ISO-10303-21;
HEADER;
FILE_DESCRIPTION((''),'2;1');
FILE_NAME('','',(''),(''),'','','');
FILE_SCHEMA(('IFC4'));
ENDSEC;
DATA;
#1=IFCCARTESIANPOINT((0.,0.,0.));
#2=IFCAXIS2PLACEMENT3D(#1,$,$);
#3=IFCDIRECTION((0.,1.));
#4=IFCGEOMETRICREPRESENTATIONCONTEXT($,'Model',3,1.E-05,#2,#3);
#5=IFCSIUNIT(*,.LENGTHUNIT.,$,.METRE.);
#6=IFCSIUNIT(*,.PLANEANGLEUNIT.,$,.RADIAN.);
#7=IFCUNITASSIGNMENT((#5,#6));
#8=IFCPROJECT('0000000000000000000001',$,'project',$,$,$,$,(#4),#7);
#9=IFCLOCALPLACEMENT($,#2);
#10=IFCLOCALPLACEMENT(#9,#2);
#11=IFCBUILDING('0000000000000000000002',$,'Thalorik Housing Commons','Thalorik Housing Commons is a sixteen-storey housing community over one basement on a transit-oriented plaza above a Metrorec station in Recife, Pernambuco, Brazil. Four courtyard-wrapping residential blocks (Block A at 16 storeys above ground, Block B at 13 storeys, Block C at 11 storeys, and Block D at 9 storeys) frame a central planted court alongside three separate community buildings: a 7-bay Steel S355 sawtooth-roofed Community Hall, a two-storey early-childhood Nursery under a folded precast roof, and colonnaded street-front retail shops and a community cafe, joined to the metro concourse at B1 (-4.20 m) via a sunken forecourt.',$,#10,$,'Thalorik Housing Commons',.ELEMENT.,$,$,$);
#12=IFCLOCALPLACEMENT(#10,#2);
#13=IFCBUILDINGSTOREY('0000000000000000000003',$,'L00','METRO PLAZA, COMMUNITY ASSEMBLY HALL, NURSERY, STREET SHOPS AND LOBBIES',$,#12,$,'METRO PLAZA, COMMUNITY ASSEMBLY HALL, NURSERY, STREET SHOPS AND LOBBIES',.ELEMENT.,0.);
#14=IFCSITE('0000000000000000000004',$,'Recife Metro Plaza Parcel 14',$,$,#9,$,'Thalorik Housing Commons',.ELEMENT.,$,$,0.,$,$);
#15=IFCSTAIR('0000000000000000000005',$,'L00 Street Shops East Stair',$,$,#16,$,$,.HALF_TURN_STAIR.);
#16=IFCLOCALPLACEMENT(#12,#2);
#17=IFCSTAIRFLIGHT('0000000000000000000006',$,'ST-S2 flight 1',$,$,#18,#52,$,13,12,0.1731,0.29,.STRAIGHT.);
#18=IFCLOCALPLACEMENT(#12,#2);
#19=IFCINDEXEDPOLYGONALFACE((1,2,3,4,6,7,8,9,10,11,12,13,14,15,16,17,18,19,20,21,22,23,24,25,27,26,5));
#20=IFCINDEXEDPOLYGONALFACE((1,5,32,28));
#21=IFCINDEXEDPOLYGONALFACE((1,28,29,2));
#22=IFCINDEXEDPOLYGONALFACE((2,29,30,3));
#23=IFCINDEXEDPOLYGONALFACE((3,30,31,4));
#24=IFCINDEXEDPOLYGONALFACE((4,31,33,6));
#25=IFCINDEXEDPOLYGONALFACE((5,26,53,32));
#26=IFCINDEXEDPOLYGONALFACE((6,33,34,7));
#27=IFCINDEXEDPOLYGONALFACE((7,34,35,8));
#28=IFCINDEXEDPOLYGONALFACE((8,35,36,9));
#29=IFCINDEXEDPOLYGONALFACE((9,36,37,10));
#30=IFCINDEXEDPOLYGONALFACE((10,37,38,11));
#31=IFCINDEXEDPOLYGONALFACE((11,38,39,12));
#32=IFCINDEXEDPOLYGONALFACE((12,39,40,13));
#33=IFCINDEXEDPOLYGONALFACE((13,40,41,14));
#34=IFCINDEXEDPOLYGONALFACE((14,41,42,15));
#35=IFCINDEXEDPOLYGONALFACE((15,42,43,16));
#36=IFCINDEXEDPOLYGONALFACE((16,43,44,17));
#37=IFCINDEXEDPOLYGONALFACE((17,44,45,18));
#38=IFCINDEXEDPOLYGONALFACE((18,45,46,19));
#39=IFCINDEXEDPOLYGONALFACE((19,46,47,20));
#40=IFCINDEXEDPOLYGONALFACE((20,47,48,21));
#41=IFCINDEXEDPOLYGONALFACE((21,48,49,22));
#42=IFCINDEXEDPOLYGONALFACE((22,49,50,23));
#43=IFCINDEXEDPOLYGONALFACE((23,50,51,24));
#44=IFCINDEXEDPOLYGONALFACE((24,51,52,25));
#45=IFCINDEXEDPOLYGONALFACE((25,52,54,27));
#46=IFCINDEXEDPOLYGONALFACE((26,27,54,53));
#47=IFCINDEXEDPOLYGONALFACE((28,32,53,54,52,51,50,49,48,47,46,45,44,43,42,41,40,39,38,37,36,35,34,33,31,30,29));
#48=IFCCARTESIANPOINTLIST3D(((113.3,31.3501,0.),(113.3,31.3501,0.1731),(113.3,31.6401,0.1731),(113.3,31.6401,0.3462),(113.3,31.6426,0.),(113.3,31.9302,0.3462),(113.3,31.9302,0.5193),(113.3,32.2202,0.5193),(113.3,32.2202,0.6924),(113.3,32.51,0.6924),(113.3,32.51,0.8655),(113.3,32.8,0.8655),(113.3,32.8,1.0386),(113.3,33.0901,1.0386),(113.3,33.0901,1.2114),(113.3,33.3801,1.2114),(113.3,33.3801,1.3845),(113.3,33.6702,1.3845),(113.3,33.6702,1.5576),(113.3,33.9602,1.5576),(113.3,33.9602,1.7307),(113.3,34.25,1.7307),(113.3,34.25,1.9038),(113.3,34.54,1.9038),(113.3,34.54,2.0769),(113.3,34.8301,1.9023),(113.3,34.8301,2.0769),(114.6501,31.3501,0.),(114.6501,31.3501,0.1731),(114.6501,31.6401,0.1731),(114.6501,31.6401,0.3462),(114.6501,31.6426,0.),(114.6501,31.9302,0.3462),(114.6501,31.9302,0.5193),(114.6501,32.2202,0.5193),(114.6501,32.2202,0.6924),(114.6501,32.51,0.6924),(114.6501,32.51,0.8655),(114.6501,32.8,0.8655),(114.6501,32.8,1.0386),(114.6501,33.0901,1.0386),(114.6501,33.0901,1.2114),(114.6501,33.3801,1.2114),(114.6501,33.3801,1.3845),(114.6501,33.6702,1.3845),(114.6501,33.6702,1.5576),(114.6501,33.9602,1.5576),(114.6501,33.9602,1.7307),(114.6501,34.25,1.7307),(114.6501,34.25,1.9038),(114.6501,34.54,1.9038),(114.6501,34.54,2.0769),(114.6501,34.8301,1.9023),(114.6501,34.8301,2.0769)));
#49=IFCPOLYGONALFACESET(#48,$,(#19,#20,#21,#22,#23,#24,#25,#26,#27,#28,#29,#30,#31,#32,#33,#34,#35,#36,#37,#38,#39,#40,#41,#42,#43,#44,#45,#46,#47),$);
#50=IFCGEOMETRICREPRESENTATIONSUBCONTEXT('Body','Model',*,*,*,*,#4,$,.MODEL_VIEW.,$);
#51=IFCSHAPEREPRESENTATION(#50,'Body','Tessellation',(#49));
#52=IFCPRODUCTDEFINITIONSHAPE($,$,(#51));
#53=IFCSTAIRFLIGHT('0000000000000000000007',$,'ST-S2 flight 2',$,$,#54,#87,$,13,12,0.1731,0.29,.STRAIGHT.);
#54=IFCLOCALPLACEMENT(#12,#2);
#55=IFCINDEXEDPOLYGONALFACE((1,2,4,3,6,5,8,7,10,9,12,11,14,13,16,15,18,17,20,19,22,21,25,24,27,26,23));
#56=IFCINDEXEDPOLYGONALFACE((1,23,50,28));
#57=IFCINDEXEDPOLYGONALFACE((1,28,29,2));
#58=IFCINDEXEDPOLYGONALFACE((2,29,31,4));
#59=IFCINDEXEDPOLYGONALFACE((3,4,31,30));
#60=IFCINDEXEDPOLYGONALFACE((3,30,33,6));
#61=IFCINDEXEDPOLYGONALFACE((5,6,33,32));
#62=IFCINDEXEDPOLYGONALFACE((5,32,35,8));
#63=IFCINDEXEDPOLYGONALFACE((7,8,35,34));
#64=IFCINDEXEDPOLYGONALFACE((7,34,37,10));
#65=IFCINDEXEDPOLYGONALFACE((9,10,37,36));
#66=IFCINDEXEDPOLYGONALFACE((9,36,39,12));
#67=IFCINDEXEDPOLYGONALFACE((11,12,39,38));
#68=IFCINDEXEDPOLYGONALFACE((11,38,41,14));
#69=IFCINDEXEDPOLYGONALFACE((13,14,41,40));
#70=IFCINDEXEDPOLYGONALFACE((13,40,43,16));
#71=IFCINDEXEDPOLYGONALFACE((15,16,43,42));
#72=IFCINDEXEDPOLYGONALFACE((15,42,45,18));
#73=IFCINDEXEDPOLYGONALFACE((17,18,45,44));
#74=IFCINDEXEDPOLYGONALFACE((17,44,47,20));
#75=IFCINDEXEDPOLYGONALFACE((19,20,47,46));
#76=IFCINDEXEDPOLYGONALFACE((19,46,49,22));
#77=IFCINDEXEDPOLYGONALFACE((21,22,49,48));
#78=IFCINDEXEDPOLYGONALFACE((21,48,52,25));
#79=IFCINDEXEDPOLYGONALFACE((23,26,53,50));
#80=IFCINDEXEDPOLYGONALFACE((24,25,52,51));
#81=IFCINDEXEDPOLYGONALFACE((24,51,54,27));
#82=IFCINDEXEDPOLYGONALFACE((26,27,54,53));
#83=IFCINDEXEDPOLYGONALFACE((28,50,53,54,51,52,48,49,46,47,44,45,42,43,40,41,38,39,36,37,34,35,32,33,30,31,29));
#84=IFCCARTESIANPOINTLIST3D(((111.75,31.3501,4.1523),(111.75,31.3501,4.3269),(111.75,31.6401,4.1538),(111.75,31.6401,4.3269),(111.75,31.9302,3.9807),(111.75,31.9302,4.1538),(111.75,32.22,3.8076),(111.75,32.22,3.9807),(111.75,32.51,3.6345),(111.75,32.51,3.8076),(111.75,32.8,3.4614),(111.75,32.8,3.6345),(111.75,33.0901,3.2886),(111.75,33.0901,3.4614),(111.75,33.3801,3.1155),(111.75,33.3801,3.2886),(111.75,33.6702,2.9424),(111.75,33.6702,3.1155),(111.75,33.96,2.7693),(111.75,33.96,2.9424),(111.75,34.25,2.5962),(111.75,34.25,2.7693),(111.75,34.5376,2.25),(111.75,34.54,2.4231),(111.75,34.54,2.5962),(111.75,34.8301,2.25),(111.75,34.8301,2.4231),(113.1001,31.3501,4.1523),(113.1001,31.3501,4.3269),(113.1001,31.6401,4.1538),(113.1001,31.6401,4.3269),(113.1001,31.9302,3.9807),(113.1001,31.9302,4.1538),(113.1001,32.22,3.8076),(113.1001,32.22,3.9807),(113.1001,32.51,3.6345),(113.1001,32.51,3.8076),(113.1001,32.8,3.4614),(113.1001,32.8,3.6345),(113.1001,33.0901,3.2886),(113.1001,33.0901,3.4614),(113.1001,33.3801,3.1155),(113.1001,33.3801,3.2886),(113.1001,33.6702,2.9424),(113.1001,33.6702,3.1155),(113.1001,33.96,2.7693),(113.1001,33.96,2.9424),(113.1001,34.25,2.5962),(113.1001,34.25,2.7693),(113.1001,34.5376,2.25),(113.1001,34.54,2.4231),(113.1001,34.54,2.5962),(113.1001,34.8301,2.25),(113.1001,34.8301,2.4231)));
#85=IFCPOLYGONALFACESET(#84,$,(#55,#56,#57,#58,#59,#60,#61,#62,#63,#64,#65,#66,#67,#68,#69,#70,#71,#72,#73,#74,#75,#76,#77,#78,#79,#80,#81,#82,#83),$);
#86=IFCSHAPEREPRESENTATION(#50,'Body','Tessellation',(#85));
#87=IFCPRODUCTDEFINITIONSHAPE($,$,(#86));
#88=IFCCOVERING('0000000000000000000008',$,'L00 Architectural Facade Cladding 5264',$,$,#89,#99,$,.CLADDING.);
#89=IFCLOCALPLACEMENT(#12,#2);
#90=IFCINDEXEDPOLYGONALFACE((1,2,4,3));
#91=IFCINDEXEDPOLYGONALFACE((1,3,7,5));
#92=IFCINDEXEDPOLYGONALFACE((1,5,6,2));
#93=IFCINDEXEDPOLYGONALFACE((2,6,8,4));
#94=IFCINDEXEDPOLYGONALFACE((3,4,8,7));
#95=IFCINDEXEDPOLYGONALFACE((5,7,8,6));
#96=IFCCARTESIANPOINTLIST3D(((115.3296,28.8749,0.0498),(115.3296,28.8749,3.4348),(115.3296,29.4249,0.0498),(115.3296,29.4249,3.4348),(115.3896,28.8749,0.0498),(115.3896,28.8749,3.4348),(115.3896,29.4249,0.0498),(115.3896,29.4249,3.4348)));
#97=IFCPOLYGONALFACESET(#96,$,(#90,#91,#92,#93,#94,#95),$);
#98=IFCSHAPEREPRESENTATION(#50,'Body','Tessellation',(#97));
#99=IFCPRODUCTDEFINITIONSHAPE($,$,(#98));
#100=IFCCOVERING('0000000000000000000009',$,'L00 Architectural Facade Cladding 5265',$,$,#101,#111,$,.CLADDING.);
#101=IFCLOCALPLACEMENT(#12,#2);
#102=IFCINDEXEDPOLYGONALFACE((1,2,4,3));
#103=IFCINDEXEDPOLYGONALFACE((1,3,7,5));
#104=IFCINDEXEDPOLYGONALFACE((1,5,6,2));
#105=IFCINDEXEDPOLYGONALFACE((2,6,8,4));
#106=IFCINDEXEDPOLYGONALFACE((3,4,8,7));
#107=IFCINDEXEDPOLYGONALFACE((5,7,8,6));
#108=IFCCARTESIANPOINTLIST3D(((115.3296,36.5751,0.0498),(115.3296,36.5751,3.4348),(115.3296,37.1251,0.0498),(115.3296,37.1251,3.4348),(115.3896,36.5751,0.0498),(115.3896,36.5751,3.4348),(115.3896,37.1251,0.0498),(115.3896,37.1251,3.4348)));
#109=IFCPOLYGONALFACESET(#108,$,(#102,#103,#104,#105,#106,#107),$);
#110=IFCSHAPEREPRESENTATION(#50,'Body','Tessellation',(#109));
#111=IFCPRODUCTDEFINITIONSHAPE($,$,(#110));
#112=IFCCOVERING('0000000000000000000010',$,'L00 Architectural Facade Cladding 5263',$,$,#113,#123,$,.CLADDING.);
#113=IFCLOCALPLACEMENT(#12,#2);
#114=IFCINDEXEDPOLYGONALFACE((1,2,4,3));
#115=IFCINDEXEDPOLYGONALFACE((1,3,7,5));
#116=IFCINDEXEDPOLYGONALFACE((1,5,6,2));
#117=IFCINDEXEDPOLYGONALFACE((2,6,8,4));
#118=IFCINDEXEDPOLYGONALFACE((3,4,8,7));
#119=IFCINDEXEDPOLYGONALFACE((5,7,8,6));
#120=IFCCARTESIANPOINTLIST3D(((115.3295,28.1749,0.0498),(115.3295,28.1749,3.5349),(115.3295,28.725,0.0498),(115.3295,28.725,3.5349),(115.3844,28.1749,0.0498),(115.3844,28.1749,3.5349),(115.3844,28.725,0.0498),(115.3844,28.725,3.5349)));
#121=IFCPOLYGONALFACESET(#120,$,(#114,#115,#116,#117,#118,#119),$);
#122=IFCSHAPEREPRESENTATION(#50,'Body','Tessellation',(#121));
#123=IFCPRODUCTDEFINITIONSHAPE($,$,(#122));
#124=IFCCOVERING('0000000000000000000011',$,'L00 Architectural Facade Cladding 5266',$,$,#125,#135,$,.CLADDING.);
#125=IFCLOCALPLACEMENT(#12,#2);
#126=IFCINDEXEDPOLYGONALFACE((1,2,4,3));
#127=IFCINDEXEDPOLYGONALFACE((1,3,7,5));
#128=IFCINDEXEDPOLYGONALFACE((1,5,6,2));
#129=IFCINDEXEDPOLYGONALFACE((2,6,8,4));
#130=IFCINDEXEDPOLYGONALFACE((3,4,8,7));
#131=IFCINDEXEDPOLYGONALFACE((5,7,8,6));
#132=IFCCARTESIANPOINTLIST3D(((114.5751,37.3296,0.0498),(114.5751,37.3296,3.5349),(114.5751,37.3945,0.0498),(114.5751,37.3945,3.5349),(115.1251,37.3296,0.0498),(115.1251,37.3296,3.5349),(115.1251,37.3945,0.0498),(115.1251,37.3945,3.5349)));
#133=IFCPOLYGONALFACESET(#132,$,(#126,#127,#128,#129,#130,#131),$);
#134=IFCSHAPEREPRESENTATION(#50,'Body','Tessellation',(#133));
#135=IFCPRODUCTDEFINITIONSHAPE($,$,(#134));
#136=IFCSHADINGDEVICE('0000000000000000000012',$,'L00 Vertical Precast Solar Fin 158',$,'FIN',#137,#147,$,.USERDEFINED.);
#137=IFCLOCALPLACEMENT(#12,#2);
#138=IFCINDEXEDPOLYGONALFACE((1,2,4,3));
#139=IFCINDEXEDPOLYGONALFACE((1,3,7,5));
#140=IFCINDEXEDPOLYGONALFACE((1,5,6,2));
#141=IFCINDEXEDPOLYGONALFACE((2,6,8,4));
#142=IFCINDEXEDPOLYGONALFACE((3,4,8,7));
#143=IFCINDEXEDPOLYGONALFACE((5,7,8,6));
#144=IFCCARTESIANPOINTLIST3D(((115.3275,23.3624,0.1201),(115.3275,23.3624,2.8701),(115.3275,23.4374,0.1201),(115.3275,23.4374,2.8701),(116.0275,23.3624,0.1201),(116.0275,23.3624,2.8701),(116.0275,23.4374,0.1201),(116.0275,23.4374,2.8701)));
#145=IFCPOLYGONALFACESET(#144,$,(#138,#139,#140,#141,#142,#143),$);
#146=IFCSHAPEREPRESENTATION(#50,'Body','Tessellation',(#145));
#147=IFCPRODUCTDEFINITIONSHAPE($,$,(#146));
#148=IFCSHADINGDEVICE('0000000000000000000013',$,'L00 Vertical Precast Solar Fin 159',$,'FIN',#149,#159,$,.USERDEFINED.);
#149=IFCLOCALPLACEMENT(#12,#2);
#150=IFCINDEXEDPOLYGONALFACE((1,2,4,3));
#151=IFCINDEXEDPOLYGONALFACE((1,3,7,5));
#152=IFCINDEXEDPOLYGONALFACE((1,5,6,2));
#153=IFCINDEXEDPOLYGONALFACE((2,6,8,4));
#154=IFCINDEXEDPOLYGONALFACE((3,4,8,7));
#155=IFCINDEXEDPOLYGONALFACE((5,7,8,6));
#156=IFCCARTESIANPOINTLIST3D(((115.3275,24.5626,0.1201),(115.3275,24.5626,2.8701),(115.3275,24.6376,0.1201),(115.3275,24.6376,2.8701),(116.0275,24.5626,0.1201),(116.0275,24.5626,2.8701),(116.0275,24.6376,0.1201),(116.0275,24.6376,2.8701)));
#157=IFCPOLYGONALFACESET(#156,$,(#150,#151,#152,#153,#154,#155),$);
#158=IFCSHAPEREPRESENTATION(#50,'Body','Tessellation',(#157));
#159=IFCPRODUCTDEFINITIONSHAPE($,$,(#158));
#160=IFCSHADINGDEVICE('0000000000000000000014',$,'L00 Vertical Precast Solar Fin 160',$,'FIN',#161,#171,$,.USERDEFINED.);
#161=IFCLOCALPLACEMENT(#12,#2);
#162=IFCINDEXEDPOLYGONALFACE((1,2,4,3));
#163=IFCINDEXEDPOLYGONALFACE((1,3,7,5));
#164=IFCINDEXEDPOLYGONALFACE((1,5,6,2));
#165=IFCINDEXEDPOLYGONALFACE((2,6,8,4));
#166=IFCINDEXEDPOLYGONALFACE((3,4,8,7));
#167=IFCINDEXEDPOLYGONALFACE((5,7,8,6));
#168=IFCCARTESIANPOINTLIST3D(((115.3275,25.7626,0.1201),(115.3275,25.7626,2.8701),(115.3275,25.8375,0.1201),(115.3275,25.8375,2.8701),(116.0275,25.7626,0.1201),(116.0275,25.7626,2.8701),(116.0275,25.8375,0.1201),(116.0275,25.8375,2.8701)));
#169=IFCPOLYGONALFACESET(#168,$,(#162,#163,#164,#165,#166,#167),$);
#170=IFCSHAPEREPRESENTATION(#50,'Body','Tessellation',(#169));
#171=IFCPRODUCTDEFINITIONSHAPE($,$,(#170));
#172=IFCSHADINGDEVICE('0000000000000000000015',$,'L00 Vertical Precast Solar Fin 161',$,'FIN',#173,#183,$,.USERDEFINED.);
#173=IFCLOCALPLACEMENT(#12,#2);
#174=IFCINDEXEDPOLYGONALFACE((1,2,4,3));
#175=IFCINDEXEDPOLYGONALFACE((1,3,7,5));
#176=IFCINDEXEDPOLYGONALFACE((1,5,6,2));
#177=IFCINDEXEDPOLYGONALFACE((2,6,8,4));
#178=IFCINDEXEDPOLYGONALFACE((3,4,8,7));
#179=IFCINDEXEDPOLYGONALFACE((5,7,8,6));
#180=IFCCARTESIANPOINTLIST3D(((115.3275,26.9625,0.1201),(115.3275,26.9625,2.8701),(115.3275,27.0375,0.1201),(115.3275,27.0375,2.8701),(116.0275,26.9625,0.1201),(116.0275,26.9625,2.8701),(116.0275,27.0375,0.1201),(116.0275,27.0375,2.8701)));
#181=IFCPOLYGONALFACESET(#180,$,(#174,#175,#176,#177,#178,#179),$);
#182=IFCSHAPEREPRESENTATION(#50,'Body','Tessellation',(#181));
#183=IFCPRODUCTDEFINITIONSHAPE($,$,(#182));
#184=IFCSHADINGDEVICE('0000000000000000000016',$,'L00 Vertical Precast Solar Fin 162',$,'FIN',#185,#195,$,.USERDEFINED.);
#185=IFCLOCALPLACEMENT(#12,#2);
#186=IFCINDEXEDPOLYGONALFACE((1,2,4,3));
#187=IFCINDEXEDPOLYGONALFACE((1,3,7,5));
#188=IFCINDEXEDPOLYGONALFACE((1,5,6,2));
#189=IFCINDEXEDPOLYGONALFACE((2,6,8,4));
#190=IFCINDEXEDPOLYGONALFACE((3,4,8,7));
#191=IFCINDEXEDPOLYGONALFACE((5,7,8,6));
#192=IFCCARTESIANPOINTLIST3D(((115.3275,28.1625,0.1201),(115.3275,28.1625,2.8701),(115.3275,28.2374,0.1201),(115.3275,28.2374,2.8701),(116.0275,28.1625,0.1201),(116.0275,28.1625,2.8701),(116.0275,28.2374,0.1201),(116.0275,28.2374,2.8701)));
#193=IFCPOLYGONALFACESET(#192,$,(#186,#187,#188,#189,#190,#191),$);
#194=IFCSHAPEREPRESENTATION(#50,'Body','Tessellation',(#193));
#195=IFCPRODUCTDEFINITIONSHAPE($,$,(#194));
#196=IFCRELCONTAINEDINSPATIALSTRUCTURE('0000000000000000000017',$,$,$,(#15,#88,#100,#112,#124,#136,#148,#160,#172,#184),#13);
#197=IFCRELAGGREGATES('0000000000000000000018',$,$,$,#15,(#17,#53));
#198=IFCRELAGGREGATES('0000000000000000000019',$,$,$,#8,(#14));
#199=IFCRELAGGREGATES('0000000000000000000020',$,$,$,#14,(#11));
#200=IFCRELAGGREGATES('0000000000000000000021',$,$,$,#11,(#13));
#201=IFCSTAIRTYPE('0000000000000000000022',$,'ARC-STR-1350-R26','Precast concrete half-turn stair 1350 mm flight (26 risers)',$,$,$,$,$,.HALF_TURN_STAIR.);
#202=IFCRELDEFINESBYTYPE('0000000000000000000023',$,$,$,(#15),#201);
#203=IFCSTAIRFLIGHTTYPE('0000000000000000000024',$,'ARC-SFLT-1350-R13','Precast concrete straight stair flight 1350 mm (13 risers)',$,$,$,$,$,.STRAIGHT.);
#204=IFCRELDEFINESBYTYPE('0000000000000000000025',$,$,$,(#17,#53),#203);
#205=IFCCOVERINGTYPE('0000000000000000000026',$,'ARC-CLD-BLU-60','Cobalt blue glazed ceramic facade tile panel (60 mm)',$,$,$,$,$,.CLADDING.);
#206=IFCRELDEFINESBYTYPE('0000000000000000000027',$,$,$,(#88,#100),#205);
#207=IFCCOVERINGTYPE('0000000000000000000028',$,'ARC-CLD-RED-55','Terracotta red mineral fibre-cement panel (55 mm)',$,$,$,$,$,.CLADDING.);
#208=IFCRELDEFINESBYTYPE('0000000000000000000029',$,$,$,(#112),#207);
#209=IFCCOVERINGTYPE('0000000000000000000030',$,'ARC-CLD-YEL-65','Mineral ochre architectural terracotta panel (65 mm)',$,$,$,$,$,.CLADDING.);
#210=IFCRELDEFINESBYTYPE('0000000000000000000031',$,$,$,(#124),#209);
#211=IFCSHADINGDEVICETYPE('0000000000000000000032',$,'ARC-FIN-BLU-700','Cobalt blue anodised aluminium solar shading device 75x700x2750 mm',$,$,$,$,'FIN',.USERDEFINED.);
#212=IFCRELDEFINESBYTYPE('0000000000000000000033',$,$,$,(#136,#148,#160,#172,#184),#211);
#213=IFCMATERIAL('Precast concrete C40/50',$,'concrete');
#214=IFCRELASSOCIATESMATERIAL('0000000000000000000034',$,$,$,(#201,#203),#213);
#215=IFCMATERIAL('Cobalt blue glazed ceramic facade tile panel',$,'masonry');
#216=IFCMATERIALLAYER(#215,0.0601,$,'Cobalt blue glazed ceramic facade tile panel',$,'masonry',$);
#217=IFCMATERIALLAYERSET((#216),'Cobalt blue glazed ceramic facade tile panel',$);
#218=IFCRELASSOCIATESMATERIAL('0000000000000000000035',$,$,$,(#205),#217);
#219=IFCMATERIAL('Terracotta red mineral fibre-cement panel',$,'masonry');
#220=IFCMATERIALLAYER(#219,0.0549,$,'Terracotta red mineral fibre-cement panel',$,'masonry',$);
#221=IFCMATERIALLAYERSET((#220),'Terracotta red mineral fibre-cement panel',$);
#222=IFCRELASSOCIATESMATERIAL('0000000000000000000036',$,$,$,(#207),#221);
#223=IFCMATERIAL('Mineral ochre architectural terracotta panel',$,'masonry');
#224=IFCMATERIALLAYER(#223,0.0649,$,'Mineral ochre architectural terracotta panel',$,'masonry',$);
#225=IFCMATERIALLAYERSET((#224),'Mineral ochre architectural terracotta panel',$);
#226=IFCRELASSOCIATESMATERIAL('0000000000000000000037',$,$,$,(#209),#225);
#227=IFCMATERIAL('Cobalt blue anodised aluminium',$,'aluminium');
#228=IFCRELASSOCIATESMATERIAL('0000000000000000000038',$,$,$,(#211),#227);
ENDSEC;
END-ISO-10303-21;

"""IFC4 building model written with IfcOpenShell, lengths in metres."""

from ifc_helpers import new_model, si_unit, direction, frame, origin, origin_2d, place, context, subcontext, project, spatial, polyline, rectangle, outline, extrude, material, layer, layer_set, type_object, element, aggregate, save


model = new_model("IFC4")

# Units and contexts
model_context = context("Model", 3, precision=1e-05, world=origin(), true_north=direction((0.0, 1.0)))
body_context = subcontext(model_context, "Body", "Model", "MODEL_VIEW")
ifc_project = project(units=[si_unit("LENGTHUNIT", "METRE"), si_unit("PLANEANGLEUNIT", "RADIAN")], contexts=[model_context])

# Site, building, storey
site_placement = place(None, origin())
site = spatial("IfcSite", under=ifc_project, at=site_placement, Name="Recife Metro Plaza Parcel 14", LongName="Thalorik Housing Commons", CompositionType="ELEMENT", RefElevation=0.0)
building_placement = place(site_placement, origin())
building = spatial("IfcBuilding", under=site, at=building_placement, Name="Thalorik Housing Commons", Description="Thalorik Housing Commons is a sixteen-storey housing community over one basement on a transit-oriented plaza above a Metrorec station in Recife, Pernambuco, Brazil. Four courtyard-wrapping residential blocks (Block A at 16 storeys above ground, Block B at 13 storeys, Block C at 11 storeys, and Block D at 9 storeys) frame a central planted court alongside three separate community buildings: a 7-bay Steel S355 sawtooth-roofed Community Hall, a two-storey early-childhood Nursery under a folded precast roof, and colonnaded street-front retail shops and a community cafe, joined to the metro concourse at B1 (-4.20 m) via a sunken forecourt.", LongName="Thalorik Housing Commons", CompositionType="ELEMENT")
storey_placement = place(building_placement, origin())
storey = spatial("IfcBuildingStorey", under=building, at=storey_placement, Name="L00", Description="METRO PLAZA, COMMUNITY ASSEMBLY HALL, NURSERY, STREET SHOPS AND LOBBIES", LongName="METRO PLAZA, COMMUNITY ASSEMBLY HALL, NURSERY, STREET SHOPS AND LOBBIES", CompositionType="ELEMENT", Elevation=0.0)

# Shared definitions
ifc_material_1 = material(Name="Precast concrete C40/50", Category="concrete")

# Stair, stair flights
stair_type = type_object("IfcStairType", Name="ARC-STR-1350-R26", Description="Precast concrete half-turn stair 1350 mm flight (26 risers)", PredefinedType="HALF_TURN_STAIR", material=ifc_material_1)
stair_placement = place(storey_placement, origin())
stair = element("IfcStair", 1, at=stair_placement, inside=storey, type_object=stair_type, Name="L00 Street Shops East Stair", PredefinedType="HALF_TURN_STAIR")
stair_flight_type = type_object("IfcStairFlightType", Name="ARC-SFLT-1350-R13", Description="Precast concrete straight stair flight 1350 mm (13 risers)", PredefinedType="STRAIGHT", material=ifc_material_1)
stair_flight_1_placement = place(storey_placement, frame((113.9751, 31.3501, 0.0), z_axis=(0.0, 0.0, 1.0), x_axis=(0.0, 1.0, 0.0)))
stair_flight_1 = element("IfcStairFlight", 2, at=stair_flight_1_placement, type_object=stair_flight_type, Name="ST-S2 flight 1", NumberOfRisers=13, NumberOfTreads=12, PredefinedType="STRAIGHT", RiserHeight=0.1731, TreadLength=0.29, context=body_context, shape_type="SweptSolid", body=[
    extrude(outline(polyline([(0.0, 0.0), (0.0, 0.1731), (0.29, 0.1731), (0.29, 0.3462), (0.5801, 0.3462), (0.5801, 0.5193), (0.8701, 0.5193), (0.8701, 0.6924), (1.1599, 0.6924), (1.1599, 0.8655), (1.45, 0.8655), (1.45, 1.0386), (1.74, 1.0386), (1.74, 1.2114), (2.03, 1.2114), (2.03, 1.3845), (2.3201, 1.3845), (2.3201, 1.5576), (2.6101, 1.5576), (2.6101, 1.7307), (2.8999, 1.7307), (2.8999, 1.9038), (3.1899, 1.9038), (3.1899, 2.0769), (3.48, 2.0769), (3.48, 2.25), (3.48, 1.9023), (0.2925, 0.0), (0.0, 0.0)])), frame((0.0, 0.675, 0.0), z_axis=(0.0, -1.0, 0.0), x_axis=(1.0, 0.0, 0.0)), (0.0, 0.0, 1.0), 1.3501),
])
stair_flight_2_placement = place(storey_placement, frame((112.425, 34.8301, 2.25), z_axis=(0.0, 0.0, 1.0), x_axis=(0.0, -1.0, 0.0)))
stair_flight_2 = element("IfcStairFlight", 3, at=stair_flight_2_placement, type_object=stair_flight_type, Name="ST-S2 flight 2", NumberOfRisers=13, NumberOfTreads=12, PredefinedType="STRAIGHT", RiserHeight=0.1731, TreadLength=0.29, context=body_context, shape_type="SweptSolid", body=[
    extrude(outline(polyline([(0.0, 0.0), (0.0, 0.1731), (0.29, 0.1731), (0.29, 0.3462), (0.5801, 0.3462), (0.5801, 0.5193), (0.8701, 0.5193), (0.8701, 0.6924), (1.1599, 0.6924), (1.1599, 0.8655), (1.45, 0.8655), (1.45, 1.0386), (1.74, 1.0386), (1.74, 1.2114), (2.03, 1.2114), (2.03, 1.3845), (2.3201, 1.3845), (2.3201, 1.5576), (2.6101, 1.5576), (2.6101, 1.7307), (2.8999, 1.7307), (2.8999, 1.9038), (3.1899, 1.9038), (3.1899, 2.0769), (3.48, 2.0769), (3.48, 2.25), (3.48, 1.9023), (0.2925, 0.0), (0.0, 0.0)])), frame((0.0, 0.675, 0.0), z_axis=(0.0, -1.0, 0.0), x_axis=(1.0, 0.0, 0.0)), (0.0, 0.0, 1.0), 1.3501),
])
aggregate(stair, [stair_flight_1, stair_flight_2])

# Coverings
ifc_material_2 = material(Name="Cobalt blue glazed ceramic facade tile panel", Category="masonry")
ifc_layer_1 = layer(ifc_material_2, 0.0601, Name="Cobalt blue glazed ceramic facade tile panel", Category="masonry")
ifc_layer_set_1 = layer_set([ifc_layer_1], Name="Cobalt blue glazed ceramic facade tile panel")
covering_type_1 = type_object("IfcCoveringType", Name="ARC-CLD-BLU-60", Description="Cobalt blue glazed ceramic facade tile panel (60 mm)", PredefinedType="CLADDING", material=ifc_layer_set_1)
for number, where, z_axis, x_axis, name in (
    (4, (115.3596, 29.1499, 0.0498), (0.0, 0.0, 1.0), (0.0, 1.0, 0.0), "L00 Architectural Facade Cladding 5264"),
    (5, (115.3596, 36.8501, 0.0498), (0.0, 0.0, 1.0), (0.0, 1.0, 0.0), "L00 Architectural Facade Cladding 5265"),
):
    element("IfcCovering", number, at=place(storey_placement, frame(where, z_axis=z_axis, x_axis=x_axis)), inside=storey, type_object=covering_type_1, Name=name, PredefinedType="CLADDING", context=body_context, shape_type="SweptSolid", body=[
        extrude(rectangle(XDim=0.55, YDim=0.0601, at=origin_2d()), origin(), (0.0, 0.0, 1.0), 3.385),
    ])
ifc_material_3 = material(Name="Terracotta red mineral fibre-cement panel", Category="masonry")
ifc_layer_2 = layer(ifc_material_3, 0.0549, Name="Terracotta red mineral fibre-cement panel", Category="masonry")
ifc_layer_set_2 = layer_set([ifc_layer_2], Name="Terracotta red mineral fibre-cement panel")
covering_type_2 = type_object("IfcCoveringType", Name="ARC-CLD-RED-55", Description="Terracotta red mineral fibre-cement panel (55 mm)", PredefinedType="CLADDING", material=ifc_layer_set_2)
covering_1_placement = place(storey_placement, frame((115.3569, 28.45, 0.0498), z_axis=(0.0, 0.0, 1.0), x_axis=(0.0, 1.0, 0.0)))
element("IfcCovering", 6, at=covering_1_placement, inside=storey, type_object=covering_type_2, Name="L00 Architectural Facade Cladding 5263", PredefinedType="CLADDING", context=body_context, shape_type="SweptSolid", body=[
    extrude(rectangle(XDim=0.55, YDim=0.0549, at=origin_2d()), origin(), (0.0, 0.0, 1.0), 3.4851),
])
ifc_material_4 = material(Name="Mineral ochre architectural terracotta panel", Category="masonry")
ifc_layer_3 = layer(ifc_material_4, 0.0649, Name="Mineral ochre architectural terracotta panel", Category="masonry")
ifc_layer_set_3 = layer_set([ifc_layer_3], Name="Mineral ochre architectural terracotta panel")
covering_type_3 = type_object("IfcCoveringType", Name="ARC-CLD-YEL-65", Description="Mineral ochre architectural terracotta panel (65 mm)", PredefinedType="CLADDING", material=ifc_layer_set_3)
covering_2_placement = place(storey_placement, frame((114.8501, 37.3621, 0.0498), z_axis=(0.0, 0.0, 1.0), x_axis=(-1.0, 0.0, 0.0)))
element("IfcCovering", 7, at=covering_2_placement, inside=storey, type_object=covering_type_3, Name="L00 Architectural Facade Cladding 5266", PredefinedType="CLADDING", context=body_context, shape_type="SweptSolid", body=[
    extrude(rectangle(XDim=0.55, YDim=0.0649, at=origin_2d()), origin(), (0.0, 0.0, 1.0), 3.4851),
])

# Shading devices
ifc_material_5 = material(Name="Cobalt blue anodised aluminium", Category="aluminium")
shading_device_type_1 = type_object("IfcShadingDeviceType", Name="ARC-FIN-BLU-700", Description="Cobalt blue anodised aluminium solar shading device 75x700x2750 mm", ElementType="FIN", PredefinedType="USERDEFINED", material=ifc_material_5)
for number, where, z_axis, x_axis, name in (
    (8, (115.6775, 23.3999, 0.1201), (0.0, 0.0, 1.0), (0.0, 1.0, 0.0), "L00 Vertical Precast Solar Fin 158"),
    (9, (115.6775, 24.6001, 0.1201), (0.0, 0.0, 1.0), (0.0, 1.0, 0.0), "L00 Vertical Precast Solar Fin 159"),
    (10, (115.6775, 25.8, 0.1201), (0.0, 0.0, 1.0), (0.0, 1.0, 0.0), "L00 Vertical Precast Solar Fin 160"),
    (11, (115.6775, 27.0, 0.1201), (0.0, 0.0, 1.0), (0.0, 1.0, 0.0), "L00 Vertical Precast Solar Fin 161"),
    (12, (115.6775, 28.2, 0.1201), (0.0, 0.0, 1.0), (0.0, 1.0, 0.0), "L00 Vertical Precast Solar Fin 162"),
):
    element("IfcShadingDevice", number, at=place(storey_placement, frame(where, z_axis=z_axis, x_axis=x_axis)), inside=storey, type_object=shading_device_type_1, Name=name, ObjectType="FIN", PredefinedType="USERDEFINED", context=body_context, shape_type="SweptSolid", body=[
        extrude(rectangle(XDim=0.075, YDim=0.7, at=origin_2d()), origin(), (0.0, 0.0, 1.0), 2.75),
    ])

save(model, "model.ifc")
